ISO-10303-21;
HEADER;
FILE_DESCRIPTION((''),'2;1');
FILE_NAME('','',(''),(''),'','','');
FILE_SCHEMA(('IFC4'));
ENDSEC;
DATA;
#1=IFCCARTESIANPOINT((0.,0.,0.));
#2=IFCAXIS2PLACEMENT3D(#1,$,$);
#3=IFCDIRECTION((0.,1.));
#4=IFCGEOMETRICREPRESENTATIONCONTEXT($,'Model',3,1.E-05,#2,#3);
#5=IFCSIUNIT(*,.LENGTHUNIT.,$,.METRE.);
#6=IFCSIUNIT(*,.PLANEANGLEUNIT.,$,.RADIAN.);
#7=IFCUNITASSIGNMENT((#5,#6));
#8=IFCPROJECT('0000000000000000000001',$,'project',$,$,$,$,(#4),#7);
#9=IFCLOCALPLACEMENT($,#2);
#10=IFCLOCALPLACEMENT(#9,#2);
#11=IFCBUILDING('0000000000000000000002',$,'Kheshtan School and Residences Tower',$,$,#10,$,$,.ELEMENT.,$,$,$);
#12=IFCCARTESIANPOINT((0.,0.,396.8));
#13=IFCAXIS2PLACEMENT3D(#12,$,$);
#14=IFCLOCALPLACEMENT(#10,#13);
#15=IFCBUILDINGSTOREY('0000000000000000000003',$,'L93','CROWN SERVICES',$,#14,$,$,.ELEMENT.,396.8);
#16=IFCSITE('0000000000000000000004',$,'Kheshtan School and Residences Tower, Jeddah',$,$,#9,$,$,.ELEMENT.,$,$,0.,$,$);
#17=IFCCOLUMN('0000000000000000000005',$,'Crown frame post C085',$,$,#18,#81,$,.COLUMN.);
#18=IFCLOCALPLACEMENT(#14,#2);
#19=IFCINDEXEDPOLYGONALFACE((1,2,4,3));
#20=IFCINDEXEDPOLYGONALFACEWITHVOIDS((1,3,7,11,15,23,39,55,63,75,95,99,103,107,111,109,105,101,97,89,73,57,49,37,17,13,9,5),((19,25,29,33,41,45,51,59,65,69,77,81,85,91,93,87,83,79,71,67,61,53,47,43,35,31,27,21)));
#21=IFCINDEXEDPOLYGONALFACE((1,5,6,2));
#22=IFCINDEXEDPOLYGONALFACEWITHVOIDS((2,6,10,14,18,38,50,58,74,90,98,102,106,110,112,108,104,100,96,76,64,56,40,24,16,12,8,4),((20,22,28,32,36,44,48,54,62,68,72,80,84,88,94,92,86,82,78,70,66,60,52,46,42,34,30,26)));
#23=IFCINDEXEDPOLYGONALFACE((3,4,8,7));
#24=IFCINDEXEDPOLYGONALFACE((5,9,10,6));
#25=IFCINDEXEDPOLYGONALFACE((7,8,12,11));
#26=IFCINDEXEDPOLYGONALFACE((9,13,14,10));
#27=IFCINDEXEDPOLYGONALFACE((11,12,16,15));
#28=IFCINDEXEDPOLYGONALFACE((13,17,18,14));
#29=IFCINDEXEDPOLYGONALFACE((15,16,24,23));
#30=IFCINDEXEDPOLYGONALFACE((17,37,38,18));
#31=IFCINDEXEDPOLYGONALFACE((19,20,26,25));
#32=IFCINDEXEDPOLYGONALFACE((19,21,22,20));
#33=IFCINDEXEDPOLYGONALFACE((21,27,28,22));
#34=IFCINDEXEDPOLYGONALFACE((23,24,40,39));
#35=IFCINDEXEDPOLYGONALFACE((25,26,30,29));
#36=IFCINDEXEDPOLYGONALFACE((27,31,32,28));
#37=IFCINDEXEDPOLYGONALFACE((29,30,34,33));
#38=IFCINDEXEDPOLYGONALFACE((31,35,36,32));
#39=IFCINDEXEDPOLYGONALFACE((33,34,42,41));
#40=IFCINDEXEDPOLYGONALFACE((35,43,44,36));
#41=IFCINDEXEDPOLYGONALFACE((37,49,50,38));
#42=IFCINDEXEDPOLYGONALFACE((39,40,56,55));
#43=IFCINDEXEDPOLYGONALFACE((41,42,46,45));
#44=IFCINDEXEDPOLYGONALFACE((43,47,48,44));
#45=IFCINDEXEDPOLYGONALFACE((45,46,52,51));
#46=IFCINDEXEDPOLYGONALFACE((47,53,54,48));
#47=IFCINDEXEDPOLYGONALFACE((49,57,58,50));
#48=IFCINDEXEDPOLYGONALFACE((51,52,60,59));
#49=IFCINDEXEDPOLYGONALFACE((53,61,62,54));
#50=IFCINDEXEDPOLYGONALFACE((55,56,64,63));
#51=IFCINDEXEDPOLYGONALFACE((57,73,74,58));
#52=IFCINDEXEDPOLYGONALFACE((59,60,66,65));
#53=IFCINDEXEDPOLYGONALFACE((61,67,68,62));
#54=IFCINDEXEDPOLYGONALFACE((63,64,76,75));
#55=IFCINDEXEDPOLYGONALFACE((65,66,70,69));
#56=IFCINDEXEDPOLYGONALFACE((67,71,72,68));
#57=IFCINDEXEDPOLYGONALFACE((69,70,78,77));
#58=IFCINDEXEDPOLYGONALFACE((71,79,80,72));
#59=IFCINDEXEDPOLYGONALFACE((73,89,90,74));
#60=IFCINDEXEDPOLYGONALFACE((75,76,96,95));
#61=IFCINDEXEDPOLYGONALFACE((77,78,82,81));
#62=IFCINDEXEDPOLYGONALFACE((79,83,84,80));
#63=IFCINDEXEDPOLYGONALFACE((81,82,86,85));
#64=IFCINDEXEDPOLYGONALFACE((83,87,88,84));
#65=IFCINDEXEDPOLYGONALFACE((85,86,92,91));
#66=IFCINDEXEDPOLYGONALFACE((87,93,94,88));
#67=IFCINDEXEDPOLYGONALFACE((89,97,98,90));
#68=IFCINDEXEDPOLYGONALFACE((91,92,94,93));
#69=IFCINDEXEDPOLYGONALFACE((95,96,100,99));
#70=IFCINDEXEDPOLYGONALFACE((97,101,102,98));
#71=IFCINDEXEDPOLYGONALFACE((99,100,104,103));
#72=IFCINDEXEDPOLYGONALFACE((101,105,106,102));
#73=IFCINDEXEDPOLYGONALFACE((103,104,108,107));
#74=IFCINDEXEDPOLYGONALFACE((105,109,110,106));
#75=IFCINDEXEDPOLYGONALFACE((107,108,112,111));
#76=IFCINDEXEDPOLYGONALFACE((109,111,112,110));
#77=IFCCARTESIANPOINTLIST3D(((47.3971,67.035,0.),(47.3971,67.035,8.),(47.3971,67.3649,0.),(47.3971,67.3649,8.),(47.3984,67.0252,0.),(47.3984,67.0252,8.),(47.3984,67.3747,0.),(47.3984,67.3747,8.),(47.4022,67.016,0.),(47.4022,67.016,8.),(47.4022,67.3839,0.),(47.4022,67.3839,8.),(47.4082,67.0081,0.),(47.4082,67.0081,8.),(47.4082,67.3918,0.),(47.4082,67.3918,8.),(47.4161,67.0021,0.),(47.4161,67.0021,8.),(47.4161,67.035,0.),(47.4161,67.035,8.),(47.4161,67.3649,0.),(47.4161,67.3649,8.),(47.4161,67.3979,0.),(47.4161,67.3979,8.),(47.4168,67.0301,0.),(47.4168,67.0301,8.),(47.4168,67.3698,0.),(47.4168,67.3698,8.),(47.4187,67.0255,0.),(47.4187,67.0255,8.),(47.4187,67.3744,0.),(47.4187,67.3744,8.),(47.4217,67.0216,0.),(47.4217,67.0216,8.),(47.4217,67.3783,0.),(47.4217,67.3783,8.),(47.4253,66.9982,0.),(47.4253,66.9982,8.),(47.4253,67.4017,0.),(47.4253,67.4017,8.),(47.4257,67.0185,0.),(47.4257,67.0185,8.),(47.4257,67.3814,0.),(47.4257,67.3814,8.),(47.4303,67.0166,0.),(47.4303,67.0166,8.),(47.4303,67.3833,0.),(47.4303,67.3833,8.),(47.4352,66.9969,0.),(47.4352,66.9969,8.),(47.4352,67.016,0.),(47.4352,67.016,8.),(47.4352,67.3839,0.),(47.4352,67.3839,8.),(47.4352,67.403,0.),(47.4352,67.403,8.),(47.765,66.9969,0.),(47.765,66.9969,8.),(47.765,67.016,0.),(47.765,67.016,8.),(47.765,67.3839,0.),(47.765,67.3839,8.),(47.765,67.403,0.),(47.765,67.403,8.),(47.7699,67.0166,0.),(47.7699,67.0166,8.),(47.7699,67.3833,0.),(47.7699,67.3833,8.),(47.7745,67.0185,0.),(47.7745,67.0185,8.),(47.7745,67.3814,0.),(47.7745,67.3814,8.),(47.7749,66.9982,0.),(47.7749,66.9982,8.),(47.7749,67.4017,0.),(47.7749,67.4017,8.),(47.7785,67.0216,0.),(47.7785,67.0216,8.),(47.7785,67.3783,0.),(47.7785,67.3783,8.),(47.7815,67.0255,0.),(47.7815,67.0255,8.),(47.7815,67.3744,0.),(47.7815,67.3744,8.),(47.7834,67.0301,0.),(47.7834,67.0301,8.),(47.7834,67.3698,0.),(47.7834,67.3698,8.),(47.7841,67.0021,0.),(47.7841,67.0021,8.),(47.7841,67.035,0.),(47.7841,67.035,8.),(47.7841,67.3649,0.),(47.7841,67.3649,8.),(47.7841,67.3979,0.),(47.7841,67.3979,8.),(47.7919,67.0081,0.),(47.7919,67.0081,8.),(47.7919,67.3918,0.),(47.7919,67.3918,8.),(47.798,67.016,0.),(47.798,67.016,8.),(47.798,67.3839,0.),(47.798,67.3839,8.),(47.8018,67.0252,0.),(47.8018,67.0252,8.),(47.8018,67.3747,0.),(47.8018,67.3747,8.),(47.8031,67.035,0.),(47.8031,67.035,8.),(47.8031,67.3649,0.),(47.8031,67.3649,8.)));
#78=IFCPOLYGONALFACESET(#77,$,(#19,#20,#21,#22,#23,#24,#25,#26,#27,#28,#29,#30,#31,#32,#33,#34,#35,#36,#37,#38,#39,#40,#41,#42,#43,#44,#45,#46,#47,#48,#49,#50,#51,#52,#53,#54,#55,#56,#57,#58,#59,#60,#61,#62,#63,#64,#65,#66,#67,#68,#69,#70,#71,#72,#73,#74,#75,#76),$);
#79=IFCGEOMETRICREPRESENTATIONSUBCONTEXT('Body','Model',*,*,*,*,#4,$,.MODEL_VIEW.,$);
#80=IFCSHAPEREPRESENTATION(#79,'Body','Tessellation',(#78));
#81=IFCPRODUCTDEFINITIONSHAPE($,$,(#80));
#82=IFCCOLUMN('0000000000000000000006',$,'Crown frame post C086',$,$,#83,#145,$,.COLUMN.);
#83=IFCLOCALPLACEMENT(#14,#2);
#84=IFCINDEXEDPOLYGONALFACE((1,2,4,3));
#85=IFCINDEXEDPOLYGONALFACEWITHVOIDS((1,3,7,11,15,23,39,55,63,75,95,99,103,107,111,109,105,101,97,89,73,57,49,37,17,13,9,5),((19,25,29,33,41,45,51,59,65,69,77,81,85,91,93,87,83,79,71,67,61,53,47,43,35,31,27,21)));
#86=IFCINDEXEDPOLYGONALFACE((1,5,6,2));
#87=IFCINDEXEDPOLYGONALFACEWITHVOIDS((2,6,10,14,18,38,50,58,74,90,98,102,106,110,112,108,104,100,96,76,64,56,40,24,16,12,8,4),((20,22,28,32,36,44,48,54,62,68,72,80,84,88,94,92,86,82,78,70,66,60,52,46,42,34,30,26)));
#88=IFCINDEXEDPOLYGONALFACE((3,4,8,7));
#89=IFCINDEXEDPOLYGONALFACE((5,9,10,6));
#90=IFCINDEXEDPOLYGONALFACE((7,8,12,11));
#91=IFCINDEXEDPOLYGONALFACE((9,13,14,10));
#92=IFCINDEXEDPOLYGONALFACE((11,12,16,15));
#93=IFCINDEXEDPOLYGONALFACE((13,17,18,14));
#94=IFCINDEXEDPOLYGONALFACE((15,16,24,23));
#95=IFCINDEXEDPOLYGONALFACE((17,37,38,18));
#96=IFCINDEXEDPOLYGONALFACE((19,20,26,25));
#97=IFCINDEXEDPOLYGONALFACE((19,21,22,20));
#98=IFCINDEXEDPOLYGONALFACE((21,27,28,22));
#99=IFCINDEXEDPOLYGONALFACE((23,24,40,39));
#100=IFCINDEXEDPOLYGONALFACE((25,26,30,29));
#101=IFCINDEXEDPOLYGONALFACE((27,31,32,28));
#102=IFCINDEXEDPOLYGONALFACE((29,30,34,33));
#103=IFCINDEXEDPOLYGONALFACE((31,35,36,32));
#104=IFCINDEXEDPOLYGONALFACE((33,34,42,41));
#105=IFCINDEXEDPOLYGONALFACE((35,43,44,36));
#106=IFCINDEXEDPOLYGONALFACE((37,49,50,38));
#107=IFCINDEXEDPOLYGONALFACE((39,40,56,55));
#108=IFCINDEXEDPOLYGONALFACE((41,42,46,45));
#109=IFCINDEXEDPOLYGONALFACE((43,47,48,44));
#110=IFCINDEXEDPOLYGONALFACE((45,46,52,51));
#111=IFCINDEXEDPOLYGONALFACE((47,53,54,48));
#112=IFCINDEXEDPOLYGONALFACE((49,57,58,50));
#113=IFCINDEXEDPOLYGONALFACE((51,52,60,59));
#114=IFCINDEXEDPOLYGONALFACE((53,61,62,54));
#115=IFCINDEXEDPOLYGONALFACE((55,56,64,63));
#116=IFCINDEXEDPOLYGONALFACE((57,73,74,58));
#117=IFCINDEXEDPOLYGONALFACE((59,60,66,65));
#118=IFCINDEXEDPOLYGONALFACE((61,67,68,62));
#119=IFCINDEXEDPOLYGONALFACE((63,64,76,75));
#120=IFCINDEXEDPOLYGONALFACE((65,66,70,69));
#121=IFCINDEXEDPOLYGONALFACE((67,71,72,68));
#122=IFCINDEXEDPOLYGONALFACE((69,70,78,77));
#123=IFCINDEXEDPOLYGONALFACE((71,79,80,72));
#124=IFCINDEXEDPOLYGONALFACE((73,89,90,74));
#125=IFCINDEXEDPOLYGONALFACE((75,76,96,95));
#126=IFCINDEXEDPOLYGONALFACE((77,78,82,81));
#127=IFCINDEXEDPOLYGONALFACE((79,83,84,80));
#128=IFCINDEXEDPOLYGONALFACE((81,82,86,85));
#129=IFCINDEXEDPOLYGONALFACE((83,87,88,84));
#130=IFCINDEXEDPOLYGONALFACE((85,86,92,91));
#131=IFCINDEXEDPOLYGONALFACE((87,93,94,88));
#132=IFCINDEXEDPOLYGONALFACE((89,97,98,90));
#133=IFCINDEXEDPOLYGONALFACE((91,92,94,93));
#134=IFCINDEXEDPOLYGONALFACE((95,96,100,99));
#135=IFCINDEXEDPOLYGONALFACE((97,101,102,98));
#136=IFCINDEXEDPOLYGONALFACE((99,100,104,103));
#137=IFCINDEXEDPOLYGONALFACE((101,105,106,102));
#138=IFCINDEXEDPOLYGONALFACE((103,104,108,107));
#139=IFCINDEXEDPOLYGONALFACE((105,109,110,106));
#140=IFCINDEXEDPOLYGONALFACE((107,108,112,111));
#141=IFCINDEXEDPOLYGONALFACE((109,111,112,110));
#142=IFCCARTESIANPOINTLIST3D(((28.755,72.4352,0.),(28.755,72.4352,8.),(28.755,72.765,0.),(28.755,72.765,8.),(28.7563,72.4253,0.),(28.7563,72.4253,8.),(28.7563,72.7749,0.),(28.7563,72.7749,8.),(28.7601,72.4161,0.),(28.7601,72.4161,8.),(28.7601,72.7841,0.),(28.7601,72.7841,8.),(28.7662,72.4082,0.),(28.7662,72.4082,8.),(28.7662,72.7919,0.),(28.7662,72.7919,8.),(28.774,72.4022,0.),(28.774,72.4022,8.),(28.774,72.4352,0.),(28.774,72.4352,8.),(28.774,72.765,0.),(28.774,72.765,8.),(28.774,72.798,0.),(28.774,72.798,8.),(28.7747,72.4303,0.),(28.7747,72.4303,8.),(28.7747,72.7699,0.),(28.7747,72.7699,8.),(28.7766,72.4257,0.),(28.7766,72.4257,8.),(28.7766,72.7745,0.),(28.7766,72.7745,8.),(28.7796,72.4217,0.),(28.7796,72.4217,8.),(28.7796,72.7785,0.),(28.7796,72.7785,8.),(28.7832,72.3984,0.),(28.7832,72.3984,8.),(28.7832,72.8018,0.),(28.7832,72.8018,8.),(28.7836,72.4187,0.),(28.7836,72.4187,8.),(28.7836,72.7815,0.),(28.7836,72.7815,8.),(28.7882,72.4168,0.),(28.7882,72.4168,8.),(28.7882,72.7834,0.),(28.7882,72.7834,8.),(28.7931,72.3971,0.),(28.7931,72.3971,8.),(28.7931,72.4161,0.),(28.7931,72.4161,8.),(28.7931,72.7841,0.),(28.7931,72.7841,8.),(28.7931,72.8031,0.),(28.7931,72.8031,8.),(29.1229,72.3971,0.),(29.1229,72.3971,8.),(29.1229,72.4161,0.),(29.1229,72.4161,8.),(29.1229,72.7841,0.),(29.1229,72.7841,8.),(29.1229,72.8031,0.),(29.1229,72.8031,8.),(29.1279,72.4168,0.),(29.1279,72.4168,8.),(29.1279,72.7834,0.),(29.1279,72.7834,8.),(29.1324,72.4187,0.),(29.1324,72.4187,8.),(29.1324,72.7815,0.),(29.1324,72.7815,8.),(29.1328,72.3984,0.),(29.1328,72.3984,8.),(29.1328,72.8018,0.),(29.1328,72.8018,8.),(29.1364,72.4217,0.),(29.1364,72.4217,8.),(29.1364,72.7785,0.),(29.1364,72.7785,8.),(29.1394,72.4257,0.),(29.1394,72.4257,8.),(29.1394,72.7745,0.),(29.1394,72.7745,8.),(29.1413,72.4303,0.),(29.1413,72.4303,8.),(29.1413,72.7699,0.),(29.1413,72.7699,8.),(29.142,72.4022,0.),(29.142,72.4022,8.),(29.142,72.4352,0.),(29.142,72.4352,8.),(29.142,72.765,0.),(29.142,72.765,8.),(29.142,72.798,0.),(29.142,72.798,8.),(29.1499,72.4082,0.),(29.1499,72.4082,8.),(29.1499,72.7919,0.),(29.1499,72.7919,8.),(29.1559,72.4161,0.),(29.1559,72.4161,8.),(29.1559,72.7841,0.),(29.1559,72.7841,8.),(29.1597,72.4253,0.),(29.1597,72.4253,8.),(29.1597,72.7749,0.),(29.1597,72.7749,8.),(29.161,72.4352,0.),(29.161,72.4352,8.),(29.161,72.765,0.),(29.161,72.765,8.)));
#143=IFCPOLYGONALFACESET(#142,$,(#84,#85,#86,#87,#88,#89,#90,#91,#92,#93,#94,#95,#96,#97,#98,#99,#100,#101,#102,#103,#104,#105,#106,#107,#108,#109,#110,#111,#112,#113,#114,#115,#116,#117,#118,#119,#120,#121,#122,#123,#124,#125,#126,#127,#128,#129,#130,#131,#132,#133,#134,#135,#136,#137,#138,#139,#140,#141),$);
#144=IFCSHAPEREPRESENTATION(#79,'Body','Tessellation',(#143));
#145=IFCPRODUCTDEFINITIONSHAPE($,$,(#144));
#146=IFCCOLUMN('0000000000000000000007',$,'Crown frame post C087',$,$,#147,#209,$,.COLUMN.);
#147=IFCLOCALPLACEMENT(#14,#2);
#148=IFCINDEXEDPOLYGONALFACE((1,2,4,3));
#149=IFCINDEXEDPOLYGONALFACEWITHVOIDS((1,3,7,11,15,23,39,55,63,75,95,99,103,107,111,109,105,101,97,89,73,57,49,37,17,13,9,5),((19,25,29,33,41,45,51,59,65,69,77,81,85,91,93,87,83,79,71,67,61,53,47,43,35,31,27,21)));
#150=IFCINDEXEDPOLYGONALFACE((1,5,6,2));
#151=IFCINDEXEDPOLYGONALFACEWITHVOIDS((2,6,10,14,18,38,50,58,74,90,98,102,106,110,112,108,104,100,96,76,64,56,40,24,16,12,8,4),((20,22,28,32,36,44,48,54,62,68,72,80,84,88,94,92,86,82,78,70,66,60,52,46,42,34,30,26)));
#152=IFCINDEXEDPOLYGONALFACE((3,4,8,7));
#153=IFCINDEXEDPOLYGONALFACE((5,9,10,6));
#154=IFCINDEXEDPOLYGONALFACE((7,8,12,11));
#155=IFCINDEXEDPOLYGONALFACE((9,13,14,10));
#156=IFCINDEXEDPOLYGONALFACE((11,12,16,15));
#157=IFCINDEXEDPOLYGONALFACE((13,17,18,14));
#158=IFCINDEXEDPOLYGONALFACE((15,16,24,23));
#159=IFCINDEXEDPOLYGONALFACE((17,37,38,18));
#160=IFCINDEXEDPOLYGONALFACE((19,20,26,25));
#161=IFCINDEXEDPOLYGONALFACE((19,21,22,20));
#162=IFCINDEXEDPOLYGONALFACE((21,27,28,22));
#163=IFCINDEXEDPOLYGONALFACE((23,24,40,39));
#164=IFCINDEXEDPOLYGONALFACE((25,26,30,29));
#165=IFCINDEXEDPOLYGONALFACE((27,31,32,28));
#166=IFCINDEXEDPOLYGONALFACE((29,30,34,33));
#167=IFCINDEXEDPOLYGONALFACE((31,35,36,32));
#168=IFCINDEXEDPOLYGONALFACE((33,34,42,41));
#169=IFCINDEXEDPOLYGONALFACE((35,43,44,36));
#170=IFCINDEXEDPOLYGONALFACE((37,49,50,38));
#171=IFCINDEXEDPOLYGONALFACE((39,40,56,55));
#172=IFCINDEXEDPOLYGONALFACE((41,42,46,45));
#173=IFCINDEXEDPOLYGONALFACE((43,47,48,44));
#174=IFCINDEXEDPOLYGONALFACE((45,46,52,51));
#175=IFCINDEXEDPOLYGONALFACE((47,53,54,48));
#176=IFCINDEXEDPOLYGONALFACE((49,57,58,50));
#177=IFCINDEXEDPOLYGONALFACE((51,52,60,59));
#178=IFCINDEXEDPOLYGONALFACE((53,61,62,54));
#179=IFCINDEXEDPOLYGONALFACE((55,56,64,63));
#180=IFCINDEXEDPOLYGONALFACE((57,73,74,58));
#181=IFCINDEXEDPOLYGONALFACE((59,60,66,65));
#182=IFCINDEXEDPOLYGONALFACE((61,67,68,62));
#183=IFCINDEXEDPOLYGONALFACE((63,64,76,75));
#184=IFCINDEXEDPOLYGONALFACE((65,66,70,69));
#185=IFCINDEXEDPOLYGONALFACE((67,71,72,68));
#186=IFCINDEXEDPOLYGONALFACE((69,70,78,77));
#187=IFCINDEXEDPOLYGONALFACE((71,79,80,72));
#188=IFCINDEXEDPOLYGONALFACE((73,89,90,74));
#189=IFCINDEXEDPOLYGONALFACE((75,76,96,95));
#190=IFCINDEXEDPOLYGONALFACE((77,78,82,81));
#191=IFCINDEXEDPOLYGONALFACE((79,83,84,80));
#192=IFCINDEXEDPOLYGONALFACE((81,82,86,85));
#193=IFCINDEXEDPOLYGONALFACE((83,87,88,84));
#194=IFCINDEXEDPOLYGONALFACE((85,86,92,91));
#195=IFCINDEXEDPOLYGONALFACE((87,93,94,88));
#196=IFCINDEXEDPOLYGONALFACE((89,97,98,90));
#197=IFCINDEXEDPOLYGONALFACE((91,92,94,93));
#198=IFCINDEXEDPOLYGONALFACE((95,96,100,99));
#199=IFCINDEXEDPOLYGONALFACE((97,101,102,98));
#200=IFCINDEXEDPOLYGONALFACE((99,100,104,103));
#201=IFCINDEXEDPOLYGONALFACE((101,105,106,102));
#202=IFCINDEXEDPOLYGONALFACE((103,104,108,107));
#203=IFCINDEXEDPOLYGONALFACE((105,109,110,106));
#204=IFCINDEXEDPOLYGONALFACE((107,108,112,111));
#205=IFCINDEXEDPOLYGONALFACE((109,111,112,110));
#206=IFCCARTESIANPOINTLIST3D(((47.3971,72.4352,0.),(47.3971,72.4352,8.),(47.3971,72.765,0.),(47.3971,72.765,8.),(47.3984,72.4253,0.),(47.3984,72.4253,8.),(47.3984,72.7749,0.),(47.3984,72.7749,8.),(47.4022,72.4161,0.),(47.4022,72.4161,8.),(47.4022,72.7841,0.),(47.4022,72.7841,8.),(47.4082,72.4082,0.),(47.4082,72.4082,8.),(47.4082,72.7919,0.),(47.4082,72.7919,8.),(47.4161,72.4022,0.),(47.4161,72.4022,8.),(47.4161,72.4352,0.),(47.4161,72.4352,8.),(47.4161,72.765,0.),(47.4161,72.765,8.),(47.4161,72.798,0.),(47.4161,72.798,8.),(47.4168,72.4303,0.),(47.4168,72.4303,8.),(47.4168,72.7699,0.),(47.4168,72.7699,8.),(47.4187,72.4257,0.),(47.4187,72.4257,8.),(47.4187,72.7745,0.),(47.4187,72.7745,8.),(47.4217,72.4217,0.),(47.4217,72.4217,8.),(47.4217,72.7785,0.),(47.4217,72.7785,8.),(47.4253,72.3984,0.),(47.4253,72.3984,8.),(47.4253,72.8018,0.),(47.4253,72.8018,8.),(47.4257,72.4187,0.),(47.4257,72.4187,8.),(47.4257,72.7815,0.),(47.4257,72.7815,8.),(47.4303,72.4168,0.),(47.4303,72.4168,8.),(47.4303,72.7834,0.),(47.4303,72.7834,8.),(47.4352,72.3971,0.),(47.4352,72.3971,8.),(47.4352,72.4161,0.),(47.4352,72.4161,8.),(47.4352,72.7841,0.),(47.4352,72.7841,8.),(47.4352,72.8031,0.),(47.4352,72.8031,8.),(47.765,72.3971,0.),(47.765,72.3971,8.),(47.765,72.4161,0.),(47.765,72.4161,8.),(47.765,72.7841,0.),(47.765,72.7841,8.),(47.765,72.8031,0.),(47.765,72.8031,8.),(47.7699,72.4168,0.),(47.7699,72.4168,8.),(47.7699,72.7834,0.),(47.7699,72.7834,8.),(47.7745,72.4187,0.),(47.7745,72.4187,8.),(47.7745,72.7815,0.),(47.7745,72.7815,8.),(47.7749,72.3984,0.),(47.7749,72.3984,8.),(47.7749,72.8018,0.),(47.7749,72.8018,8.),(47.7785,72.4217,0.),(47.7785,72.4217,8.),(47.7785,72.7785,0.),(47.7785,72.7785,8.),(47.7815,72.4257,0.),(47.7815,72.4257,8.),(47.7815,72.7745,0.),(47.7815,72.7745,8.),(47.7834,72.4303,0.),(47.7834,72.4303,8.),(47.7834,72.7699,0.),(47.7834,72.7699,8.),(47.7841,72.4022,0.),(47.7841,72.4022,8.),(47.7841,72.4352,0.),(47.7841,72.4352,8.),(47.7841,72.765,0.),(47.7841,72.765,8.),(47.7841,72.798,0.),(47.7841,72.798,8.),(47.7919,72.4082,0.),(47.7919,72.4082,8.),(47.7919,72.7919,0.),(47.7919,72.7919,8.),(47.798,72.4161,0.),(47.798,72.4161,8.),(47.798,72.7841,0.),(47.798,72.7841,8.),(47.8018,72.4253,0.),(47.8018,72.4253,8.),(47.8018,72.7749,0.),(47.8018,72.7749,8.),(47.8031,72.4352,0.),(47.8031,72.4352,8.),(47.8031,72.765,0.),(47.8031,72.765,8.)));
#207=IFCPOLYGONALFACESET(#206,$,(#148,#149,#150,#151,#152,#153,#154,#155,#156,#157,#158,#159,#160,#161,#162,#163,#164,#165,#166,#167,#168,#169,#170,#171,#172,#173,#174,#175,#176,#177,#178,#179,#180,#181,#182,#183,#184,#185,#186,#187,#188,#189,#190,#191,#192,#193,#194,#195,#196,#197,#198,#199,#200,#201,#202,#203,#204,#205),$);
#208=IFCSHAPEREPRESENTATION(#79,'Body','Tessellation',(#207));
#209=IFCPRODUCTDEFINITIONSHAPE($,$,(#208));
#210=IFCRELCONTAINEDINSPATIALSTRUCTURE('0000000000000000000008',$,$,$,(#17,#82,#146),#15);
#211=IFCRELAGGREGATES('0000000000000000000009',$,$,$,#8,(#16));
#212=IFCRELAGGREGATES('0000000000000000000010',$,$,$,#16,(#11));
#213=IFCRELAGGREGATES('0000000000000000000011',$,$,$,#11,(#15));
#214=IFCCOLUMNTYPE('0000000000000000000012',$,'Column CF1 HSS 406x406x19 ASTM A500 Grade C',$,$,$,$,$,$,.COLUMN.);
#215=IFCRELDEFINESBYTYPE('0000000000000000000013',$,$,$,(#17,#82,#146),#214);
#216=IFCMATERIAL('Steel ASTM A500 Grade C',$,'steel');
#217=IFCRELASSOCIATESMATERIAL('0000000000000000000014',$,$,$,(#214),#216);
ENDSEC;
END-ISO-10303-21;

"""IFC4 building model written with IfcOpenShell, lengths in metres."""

from ifc_helpers import new_model, si_unit, direction, frame, origin, origin_2d, place, context, subcontext, project, spatial, hollow_rectangle, extrude, material, material_profile, profile_set, type_object, element, save


model = new_model("IFC4")

# Units and contexts
model_context = context("Model", 3, precision=1e-05, world=origin(), true_north=direction((0.0, 1.0)))
body_context = subcontext(model_context, "Body", "Model", "MODEL_VIEW")
ifc_project = project(units=[si_unit("LENGTHUNIT", "METRE"), si_unit("PLANEANGLEUNIT", "RADIAN")], contexts=[model_context])

# Site, building, storey
site_placement = place(None, origin())
site = spatial("IfcSite", under=ifc_project, at=site_placement, Name="Kheshtan School and Residences Tower, Jeddah", CompositionType="ELEMENT", RefElevation=0.0)
building_placement = place(site_placement, origin())
building = spatial("IfcBuilding", under=site, at=building_placement, Name="Kheshtan School and Residences Tower", CompositionType="ELEMENT")
storey_placement = place(building_placement, frame((0.0, 0.0, 396.8)))
storey = spatial("IfcBuildingStorey", under=building, at=storey_placement, Name="L93", Description="CROWN SERVICES", CompositionType="ELEMENT", Elevation=396.8)

# Columns
ifc_material_1 = material(Name="Steel ASTM A500 Grade C", Category="steel")
ifc_material_profile_1 = material_profile(ifc_material_1, hollow_rectangle(XDim=0.406, YDim=0.406, WallThickness=0.019, InnerFilletRadius=0.019, OuterFilletRadius=0.0381, at=origin_2d()), Name="HSS 406x406x19")
ifc_profile_set_1 = profile_set([ifc_material_profile_1], Name="Steel ASTM A500 Grade C")
column_type = type_object("IfcColumnType", Name="Column CF1 HSS 406x406x19 ASTM A500 Grade C", PredefinedType="COLUMN", material=ifc_profile_set_1)
for number, where, z_axis, x_axis, name in (
    (1, (47.6001, 67.2, 0.0), (0.0, 0.0, 1.0), (1.0, 0.0, 0.0), "Crown frame post C085"),
    (2, (28.958, 72.6001, 0.0), (0.0, 0.0, 1.0), (1.0, 0.0, 0.0), "Crown frame post C086"),
    (3, (47.6001, 72.6001, 0.0), (0.0, 0.0, 1.0), (1.0, 0.0, 0.0), "Crown frame post C087"),
):
    element("IfcColumn", number, at=place(storey_placement, frame(where, z_axis=z_axis, x_axis=x_axis)), inside=storey, type_object=column_type, Name=name, PredefinedType="COLUMN", context=body_context, shape_type="SweptSolid", body=[
        extrude(hollow_rectangle(XDim=0.406, YDim=0.406, WallThickness=0.019, InnerFilletRadius=0.019, OuterFilletRadius=0.0381, at=origin_2d()), origin(), (0.0, 0.0, 1.0), 8.0),
    ])

save(model, "model.ifc")
